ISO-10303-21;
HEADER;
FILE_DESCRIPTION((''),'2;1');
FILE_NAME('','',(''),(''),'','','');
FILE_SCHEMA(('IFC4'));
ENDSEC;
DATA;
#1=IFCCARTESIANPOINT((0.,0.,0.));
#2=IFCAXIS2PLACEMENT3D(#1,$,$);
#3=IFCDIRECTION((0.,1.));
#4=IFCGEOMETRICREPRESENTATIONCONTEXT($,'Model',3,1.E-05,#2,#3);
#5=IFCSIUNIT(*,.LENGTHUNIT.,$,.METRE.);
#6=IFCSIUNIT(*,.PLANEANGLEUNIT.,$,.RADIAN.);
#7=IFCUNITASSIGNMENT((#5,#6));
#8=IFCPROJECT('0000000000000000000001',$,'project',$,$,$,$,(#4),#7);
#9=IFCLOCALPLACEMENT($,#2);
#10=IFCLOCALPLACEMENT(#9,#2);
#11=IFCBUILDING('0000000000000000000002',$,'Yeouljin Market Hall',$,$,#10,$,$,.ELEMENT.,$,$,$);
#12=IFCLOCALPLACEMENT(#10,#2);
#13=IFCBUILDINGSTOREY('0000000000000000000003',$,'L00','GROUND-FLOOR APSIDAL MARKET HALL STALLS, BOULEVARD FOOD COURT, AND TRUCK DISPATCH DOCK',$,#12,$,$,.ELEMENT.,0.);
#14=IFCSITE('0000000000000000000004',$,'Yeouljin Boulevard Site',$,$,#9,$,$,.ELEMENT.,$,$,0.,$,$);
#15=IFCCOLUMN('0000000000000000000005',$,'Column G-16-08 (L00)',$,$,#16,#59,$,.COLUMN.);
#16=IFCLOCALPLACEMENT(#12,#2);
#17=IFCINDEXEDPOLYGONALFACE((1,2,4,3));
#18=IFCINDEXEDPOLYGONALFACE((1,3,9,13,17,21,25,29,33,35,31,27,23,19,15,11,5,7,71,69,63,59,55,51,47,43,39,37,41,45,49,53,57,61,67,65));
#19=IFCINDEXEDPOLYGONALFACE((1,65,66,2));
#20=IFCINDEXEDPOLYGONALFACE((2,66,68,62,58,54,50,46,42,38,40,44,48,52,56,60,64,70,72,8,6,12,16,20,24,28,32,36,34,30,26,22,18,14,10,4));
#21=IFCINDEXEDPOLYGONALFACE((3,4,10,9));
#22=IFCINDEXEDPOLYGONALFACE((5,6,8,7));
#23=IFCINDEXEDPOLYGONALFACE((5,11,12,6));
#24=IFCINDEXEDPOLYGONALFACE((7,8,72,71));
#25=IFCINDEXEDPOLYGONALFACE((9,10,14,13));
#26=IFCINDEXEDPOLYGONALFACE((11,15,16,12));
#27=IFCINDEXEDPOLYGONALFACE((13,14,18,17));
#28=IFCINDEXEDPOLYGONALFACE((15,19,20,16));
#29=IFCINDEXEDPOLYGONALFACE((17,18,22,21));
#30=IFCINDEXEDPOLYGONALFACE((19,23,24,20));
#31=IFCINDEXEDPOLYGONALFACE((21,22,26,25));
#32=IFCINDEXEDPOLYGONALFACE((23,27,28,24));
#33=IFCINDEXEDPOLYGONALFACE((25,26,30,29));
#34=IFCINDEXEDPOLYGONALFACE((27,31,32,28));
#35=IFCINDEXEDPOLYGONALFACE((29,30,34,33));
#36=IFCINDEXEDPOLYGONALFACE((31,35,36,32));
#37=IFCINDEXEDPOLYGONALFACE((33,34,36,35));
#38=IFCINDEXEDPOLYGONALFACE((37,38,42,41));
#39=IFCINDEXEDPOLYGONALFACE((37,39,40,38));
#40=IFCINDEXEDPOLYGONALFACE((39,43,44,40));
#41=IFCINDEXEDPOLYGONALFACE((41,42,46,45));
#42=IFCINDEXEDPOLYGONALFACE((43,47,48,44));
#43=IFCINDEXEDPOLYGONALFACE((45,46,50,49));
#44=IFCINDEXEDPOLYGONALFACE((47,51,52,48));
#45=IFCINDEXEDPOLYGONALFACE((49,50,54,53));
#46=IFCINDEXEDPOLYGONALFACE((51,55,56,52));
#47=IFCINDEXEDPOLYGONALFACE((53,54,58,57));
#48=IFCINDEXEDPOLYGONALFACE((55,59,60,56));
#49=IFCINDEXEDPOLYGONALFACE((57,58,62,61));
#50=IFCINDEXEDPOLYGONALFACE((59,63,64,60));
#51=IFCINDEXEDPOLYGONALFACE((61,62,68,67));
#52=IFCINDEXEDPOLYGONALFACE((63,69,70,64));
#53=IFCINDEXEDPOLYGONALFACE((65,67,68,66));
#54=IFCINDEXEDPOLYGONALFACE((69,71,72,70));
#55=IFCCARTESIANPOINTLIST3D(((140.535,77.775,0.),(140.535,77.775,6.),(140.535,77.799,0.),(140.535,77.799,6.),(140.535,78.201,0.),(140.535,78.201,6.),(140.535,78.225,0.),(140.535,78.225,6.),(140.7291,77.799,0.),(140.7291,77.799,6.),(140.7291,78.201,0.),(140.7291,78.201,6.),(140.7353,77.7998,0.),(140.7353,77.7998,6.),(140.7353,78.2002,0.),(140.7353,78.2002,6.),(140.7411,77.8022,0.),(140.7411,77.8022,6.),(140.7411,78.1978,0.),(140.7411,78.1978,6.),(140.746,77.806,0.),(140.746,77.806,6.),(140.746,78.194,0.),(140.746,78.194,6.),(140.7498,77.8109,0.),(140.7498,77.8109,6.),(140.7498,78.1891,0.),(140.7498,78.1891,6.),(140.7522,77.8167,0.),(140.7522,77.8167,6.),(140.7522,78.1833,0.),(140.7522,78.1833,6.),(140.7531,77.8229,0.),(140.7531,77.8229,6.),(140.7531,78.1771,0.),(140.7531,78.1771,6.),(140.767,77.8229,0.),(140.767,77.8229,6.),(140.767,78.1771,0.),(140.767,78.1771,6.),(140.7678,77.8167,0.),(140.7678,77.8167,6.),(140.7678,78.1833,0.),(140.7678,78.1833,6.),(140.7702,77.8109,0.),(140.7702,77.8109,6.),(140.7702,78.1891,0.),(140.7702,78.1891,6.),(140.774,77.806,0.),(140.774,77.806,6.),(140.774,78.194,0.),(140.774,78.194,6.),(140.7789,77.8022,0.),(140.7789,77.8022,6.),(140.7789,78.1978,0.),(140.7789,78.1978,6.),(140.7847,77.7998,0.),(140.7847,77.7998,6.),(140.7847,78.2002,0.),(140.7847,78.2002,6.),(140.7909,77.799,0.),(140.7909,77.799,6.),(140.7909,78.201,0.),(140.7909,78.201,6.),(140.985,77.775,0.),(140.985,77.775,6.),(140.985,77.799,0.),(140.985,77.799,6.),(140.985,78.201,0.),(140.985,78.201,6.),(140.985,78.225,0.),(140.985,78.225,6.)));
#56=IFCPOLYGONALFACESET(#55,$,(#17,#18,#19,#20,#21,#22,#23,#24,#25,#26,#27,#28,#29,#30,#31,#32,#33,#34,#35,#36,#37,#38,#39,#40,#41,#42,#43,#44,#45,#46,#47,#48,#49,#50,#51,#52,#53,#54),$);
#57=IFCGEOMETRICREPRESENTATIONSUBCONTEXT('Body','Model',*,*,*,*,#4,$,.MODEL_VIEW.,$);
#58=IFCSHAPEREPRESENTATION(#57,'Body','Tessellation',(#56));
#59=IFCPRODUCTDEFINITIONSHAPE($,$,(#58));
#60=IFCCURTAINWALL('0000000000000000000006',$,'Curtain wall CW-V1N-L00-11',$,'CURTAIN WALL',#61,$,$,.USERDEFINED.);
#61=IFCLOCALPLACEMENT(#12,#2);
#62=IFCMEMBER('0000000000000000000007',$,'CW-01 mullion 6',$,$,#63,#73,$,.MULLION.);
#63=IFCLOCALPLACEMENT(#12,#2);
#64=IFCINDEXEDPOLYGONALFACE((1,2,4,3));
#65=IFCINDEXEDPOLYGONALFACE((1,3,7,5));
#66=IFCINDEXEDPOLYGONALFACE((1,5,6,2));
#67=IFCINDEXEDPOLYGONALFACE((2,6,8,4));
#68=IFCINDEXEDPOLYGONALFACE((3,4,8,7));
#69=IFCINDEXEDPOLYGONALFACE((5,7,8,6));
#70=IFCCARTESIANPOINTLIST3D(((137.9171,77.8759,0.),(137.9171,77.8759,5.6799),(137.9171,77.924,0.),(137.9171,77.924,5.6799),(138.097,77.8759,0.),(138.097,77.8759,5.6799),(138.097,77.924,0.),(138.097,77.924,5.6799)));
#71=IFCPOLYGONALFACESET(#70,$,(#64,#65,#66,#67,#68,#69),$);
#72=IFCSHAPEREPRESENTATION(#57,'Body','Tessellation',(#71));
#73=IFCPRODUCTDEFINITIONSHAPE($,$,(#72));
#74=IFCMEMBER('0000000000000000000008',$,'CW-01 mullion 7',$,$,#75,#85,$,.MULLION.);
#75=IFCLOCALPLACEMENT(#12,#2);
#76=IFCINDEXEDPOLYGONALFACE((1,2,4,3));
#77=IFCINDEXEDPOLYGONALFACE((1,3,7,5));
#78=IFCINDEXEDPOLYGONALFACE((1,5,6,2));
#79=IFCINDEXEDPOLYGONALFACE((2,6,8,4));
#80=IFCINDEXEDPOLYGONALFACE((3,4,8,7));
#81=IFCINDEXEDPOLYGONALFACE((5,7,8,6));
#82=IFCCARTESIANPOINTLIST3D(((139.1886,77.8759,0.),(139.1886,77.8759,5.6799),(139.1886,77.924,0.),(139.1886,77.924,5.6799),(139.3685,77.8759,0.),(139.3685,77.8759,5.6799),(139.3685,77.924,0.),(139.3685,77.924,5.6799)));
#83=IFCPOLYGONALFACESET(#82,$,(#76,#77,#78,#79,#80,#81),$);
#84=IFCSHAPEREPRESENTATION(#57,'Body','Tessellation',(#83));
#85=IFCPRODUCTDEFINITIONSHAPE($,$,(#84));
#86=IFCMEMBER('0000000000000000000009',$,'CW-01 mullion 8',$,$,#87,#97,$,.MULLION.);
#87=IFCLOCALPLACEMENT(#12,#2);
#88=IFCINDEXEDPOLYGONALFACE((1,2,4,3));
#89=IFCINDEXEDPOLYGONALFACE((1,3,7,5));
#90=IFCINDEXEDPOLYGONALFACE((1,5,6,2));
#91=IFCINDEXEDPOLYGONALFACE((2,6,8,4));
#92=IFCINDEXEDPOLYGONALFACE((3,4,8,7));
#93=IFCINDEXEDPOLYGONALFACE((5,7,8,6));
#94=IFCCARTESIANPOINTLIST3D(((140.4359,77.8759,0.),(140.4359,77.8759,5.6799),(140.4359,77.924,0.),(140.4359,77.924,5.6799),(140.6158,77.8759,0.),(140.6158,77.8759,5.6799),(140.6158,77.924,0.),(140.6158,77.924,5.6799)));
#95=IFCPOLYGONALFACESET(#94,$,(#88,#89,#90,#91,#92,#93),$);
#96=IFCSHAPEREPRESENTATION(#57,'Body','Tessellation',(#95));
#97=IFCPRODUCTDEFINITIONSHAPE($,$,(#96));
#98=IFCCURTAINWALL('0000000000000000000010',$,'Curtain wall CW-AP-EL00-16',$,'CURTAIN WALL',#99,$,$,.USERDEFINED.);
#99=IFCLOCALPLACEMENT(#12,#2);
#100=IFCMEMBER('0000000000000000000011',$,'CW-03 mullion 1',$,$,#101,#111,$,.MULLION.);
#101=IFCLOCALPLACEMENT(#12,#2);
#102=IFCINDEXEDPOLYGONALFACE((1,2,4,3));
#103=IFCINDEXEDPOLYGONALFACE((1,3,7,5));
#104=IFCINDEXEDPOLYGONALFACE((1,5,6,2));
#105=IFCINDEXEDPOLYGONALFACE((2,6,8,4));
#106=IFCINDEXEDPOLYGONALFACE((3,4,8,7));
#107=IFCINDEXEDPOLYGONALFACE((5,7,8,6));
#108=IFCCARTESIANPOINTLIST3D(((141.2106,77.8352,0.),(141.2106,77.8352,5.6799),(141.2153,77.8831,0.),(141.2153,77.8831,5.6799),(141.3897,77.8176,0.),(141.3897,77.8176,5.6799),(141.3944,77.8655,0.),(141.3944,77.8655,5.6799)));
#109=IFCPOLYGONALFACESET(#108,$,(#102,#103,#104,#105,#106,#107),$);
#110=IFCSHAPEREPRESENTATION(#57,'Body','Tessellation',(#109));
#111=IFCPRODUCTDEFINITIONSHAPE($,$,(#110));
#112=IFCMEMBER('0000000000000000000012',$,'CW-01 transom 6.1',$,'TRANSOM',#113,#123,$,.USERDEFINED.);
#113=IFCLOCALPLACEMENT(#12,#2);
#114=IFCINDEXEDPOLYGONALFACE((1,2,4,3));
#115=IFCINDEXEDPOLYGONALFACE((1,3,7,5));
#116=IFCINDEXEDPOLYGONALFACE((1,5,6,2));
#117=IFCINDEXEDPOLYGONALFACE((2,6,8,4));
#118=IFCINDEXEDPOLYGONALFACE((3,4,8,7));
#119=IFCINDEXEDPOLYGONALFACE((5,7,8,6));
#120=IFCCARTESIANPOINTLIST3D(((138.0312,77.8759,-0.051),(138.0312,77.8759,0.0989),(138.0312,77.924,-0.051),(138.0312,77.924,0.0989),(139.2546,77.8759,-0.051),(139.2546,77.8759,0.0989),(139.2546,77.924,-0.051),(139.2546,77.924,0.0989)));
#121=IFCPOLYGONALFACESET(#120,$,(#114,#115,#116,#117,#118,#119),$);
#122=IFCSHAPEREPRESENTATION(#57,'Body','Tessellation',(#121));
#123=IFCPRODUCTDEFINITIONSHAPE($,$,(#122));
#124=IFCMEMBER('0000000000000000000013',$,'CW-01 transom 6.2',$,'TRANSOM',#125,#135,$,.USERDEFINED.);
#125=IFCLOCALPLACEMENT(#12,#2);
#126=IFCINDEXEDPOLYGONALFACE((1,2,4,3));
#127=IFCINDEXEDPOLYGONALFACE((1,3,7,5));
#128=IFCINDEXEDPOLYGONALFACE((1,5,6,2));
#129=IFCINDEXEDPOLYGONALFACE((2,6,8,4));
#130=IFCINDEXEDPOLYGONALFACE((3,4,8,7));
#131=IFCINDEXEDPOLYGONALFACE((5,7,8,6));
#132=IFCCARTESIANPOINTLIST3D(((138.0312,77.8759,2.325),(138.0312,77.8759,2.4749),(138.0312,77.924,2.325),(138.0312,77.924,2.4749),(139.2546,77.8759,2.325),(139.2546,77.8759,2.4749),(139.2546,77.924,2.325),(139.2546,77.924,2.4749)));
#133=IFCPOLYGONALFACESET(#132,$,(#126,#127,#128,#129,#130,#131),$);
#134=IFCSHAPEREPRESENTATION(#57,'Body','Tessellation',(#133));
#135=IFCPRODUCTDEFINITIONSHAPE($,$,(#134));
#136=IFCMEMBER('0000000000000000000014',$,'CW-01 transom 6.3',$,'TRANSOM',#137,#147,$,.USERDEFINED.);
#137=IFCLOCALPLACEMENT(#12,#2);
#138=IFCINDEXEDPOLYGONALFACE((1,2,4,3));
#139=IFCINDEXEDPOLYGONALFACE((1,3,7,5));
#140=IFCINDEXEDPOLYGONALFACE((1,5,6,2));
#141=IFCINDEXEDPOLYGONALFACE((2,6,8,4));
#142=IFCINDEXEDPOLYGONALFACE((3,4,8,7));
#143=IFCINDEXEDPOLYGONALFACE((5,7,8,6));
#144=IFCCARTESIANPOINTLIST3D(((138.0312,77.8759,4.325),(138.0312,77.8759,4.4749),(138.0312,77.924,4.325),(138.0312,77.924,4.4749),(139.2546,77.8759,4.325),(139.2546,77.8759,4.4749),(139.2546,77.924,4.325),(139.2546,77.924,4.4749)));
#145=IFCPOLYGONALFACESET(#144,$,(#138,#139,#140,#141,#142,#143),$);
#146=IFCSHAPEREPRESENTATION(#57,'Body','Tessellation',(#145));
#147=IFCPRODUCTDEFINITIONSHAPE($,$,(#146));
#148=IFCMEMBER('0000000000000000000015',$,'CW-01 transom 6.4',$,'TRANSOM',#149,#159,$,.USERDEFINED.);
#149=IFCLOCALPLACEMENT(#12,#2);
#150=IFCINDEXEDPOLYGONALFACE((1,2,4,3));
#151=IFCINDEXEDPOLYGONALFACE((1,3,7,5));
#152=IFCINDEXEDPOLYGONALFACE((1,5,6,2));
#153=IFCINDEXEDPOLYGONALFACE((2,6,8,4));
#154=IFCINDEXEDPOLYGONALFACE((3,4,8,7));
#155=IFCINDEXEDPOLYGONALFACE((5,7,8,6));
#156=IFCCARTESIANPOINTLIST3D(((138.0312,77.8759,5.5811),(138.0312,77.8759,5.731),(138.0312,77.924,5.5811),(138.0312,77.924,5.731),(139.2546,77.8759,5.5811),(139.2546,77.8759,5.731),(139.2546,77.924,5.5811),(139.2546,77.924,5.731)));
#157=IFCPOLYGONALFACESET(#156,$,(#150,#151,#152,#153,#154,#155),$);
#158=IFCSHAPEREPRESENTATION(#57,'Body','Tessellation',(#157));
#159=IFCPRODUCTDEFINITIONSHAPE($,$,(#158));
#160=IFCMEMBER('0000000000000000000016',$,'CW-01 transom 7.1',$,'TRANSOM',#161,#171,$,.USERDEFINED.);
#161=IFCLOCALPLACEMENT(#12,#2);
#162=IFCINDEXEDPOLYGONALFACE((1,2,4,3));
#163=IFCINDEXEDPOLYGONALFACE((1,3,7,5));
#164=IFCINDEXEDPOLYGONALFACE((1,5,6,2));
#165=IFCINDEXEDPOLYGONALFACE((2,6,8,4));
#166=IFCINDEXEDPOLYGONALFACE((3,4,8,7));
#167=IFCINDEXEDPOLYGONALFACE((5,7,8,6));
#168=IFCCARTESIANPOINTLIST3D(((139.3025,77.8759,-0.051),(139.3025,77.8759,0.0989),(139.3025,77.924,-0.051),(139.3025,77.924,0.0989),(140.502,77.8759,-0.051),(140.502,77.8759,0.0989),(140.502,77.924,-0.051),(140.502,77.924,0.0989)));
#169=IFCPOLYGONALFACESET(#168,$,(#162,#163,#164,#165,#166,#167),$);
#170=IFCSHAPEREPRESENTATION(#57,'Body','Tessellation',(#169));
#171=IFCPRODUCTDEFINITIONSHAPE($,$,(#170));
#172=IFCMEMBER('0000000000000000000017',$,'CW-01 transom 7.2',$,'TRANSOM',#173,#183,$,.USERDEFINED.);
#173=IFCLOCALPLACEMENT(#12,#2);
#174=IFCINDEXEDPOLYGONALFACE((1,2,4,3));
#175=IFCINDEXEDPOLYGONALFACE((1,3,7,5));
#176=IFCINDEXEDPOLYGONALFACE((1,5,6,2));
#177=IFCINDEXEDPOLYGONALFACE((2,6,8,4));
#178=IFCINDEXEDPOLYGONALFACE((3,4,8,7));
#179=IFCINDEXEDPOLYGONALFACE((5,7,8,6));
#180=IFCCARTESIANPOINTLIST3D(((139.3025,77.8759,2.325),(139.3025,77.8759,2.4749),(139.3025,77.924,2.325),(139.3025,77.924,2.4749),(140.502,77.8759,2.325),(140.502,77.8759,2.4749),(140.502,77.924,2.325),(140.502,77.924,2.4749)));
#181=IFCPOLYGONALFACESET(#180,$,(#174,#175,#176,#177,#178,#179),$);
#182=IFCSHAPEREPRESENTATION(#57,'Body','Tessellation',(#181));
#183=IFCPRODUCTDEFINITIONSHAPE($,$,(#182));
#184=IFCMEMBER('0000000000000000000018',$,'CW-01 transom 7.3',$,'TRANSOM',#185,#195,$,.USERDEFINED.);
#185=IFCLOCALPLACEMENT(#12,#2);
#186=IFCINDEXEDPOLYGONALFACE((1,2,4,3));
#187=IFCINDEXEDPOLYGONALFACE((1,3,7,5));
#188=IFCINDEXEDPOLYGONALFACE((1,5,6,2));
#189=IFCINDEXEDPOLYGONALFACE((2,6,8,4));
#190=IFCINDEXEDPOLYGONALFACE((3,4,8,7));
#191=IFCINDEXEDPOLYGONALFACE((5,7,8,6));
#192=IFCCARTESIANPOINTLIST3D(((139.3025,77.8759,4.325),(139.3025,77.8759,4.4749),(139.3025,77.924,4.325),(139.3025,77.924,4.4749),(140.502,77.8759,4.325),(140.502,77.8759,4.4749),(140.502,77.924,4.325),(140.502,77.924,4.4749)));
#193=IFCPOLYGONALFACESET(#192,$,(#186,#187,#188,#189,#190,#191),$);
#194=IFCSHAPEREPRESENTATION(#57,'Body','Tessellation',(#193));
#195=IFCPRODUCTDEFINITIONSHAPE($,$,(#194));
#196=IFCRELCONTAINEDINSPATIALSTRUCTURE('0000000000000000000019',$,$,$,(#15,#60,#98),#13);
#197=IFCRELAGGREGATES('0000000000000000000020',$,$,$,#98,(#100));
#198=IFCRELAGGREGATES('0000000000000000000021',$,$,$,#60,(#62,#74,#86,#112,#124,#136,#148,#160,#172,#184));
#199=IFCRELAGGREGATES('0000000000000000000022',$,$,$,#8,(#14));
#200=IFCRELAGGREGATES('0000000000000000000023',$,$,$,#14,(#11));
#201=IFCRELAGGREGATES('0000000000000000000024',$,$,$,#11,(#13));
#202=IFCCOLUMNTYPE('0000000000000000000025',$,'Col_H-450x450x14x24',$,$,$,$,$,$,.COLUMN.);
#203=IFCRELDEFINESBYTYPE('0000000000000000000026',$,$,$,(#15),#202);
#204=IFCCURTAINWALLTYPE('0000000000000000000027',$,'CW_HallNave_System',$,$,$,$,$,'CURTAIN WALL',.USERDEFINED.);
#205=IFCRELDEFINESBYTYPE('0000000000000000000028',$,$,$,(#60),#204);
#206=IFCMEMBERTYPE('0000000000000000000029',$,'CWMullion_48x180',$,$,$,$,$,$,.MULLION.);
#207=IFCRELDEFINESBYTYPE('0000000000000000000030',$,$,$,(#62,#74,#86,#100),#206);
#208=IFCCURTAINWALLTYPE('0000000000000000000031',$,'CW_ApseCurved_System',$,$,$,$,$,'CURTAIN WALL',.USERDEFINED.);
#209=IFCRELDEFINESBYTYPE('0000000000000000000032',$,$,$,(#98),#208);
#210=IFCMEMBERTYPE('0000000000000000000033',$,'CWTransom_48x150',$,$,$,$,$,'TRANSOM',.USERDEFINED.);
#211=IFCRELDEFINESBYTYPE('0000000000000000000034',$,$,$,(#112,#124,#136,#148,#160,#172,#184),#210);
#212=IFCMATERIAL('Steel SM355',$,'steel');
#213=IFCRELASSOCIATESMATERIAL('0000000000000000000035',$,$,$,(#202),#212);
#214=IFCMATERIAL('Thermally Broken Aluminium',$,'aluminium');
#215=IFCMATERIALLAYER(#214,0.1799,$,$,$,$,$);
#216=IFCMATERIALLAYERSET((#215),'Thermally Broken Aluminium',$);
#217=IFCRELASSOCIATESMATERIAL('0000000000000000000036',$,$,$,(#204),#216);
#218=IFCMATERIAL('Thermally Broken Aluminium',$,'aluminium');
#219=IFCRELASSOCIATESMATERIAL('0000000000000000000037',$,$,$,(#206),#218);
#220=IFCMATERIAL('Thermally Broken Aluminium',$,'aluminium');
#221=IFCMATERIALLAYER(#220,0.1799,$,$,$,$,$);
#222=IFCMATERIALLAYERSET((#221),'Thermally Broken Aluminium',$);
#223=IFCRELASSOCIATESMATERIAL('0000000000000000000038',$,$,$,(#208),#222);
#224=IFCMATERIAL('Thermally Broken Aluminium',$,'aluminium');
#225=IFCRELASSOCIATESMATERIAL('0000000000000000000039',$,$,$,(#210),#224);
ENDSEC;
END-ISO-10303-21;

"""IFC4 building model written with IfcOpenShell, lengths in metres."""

from ifc_helpers import new_model, si_unit, direction, frame, origin, origin_2d, place, context, subcontext, project, spatial, rectangle, i_section, extrude, material, layer, layer_set, material_profile, profile_set, type_object, element, aggregate, save


model = new_model("IFC4")

# Units and contexts
model_context = context("Model", 3, precision=1e-05, world=origin(), true_north=direction((0.0, 1.0)))
body_context = subcontext(model_context, "Body", "Model", "MODEL_VIEW")
ifc_project = project(units=[si_unit("LENGTHUNIT", "METRE"), si_unit("PLANEANGLEUNIT", "RADIAN")], contexts=[model_context])

# Site, building, storey
site_placement = place(None, origin())
site = spatial("IfcSite", under=ifc_project, at=site_placement, Name="Yeouljin Boulevard Site", CompositionType="ELEMENT", RefElevation=0.0)
building_placement = place(site_placement, origin())
building = spatial("IfcBuilding", under=site, at=building_placement, Name="Yeouljin Market Hall", CompositionType="ELEMENT")
storey_placement = place(building_placement, origin())
storey = spatial("IfcBuildingStorey", under=building, at=storey_placement, Name="L00", Description="GROUND-FLOOR APSIDAL MARKET HALL STALLS, BOULEVARD FOOD COURT, AND TRUCK DISPATCH DOCK", CompositionType="ELEMENT", Elevation=0.0)

# Column
ifc_material_1 = material(Name="Steel SM355", Category="steel")
ifc_material_profile_1 = material_profile(ifc_material_1, i_section(OverallWidth=0.45, OverallDepth=0.45, WebThickness=0.0139, FlangeThickness=0.0239, FilletRadius=0.0239, at=origin_2d()), Name="H-450x450x14x24")
ifc_profile_set_1 = profile_set([ifc_material_profile_1], Name="Steel SM355")
column_type = type_object("IfcColumnType", Name="Col_H-450x450x14x24", PredefinedType="COLUMN", material=ifc_profile_set_1)
column_placement = place(storey_placement, frame((140.76, 78.0, 0.0), z_axis=(0.0, 0.0, 1.0), x_axis=(1.0, 0.0, 0.0)))
element("IfcColumn", 1, at=column_placement, inside=storey, type_object=column_type, Name="Column G-16-08 (L00)", PredefinedType="COLUMN", context=body_context, shape_type="SweptSolid", body=[
    extrude(i_section(OverallWidth=0.45, OverallDepth=0.45, WebThickness=0.0139, FlangeThickness=0.0239, FilletRadius=0.0239, at=origin_2d()), origin(), (0.0, 0.0, 1.0), 6.0),
])

# Curtain wall, members
ifc_material_2 = material(Name="Thermally Broken Aluminium", Category="aluminium")
ifc_layer_1 = layer(ifc_material_2, 0.1799)
ifc_layer_set_1 = layer_set([ifc_layer_1], Name="Thermally Broken Aluminium")
curtain_wall_type_1 = type_object("IfcCurtainWallType", Name="CW_HallNave_System", ElementType="CURTAIN WALL", PredefinedType="USERDEFINED", material=ifc_layer_set_1)
curtain_wall_1_placement = place(storey_placement, origin())
curtain_wall_1 = element("IfcCurtainWall", 2, at=curtain_wall_1_placement, inside=storey, type_object=curtain_wall_type_1, Name="Curtain wall CW-V1N-L00-11", ObjectType="CURTAIN WALL", PredefinedType="USERDEFINED")
ifc_material_3 = material(Name="Thermally Broken Aluminium", Category="aluminium")
ifc_material_profile_2 = material_profile(ifc_material_3, rectangle(XDim=0.0481, YDim=0.1799, at=origin_2d()), Name="CW-MULL-48x180")
ifc_profile_set_2 = profile_set([ifc_material_profile_2], Name="Thermally Broken Aluminium")
member_type_1 = type_object("IfcMemberType", Name="CWMullion_48x180", PredefinedType="MULLION", material=ifc_profile_set_2)
member_1_placement = place(storey_placement, frame((138.0071, 77.8999, 0.0), z_axis=(0.0, 0.0, 1.0), x_axis=(0.0, 1.0, 0.0)))
member_1 = element("IfcMember", 3, at=member_1_placement, type_object=member_type_1, Name="CW-01 mullion 6", PredefinedType="MULLION", context=body_context, shape_type="SweptSolid", body=[
    extrude(rectangle(XDim=0.0481, YDim=0.1799, at=origin_2d()), origin(), (0.0, 0.0, 1.0), 5.6799),
])
member_2_placement = place(storey_placement, frame((139.2786, 77.8999, 0.0), z_axis=(0.0, 0.0, 1.0), x_axis=(0.0, 1.0, 0.0)))
member_2 = element("IfcMember", 4, at=member_2_placement, type_object=member_type_1, Name="CW-01 mullion 7", PredefinedType="MULLION", context=body_context, shape_type="SweptSolid", body=[
    extrude(rectangle(XDim=0.0481, YDim=0.1799, at=origin_2d()), origin(), (0.0, 0.0, 1.0), 5.6799),
])
member_3_placement = place(storey_placement, frame((140.5259, 77.8999, 0.0), z_axis=(0.0, 0.0, 1.0), x_axis=(0.0, 1.0, 0.0)))
member_3 = element("IfcMember", 5, at=member_3_placement, type_object=member_type_1, Name="CW-01 mullion 8", PredefinedType="MULLION", context=body_context, shape_type="SweptSolid", body=[
    extrude(rectangle(XDim=0.0481, YDim=0.1799, at=origin_2d()), origin(), (0.0, 0.0, 1.0), 5.6799),
])

# Curtain wall, member
ifc_material_4 = material(Name="Thermally Broken Aluminium", Category="aluminium")
ifc_layer_2 = layer(ifc_material_4, 0.1799)
ifc_layer_set_2 = layer_set([ifc_layer_2], Name="Thermally Broken Aluminium")
curtain_wall_type_2 = type_object("IfcCurtainWallType", Name="CW_ApseCurved_System", ElementType="CURTAIN WALL", PredefinedType="USERDEFINED", material=ifc_layer_set_2)
curtain_wall_2_placement = place(storey_placement, origin())
curtain_wall_2 = element("IfcCurtainWall", 6, at=curtain_wall_2_placement, inside=storey, type_object=curtain_wall_type_2, Name="Curtain wall CW-AP-EL00-16", ObjectType="CURTAIN WALL", PredefinedType="USERDEFINED")
member_4_placement = place(storey_placement, frame((141.3025, 77.8503, 0.0), z_axis=(0.0, 0.0, 1.0), x_axis=(0.098034, 0.995183, 0.0)))
member_4 = element("IfcMember", 7, at=member_4_placement, type_object=member_type_1, Name="CW-03 mullion 1", PredefinedType="MULLION", context=body_context, shape_type="SweptSolid", body=[
    extrude(rectangle(XDim=0.0481, YDim=0.1799, at=origin_2d()), origin(), (0.0, 0.0, 1.0), 5.6799),
])

# Members
ifc_material_5 = material(Name="Thermally Broken Aluminium", Category="aluminium")
ifc_material_profile_3 = material_profile(ifc_material_5, rectangle(XDim=0.0481, YDim=0.1499, at=origin_2d()), Name="CW-TRAN-48x150")
ifc_profile_set_3 = profile_set([ifc_material_profile_3], Name="Thermally Broken Aluminium")
member_type_2 = type_object("IfcMemberType", Name="CWTransom_48x150", ElementType="TRANSOM", PredefinedType="USERDEFINED", material=ifc_profile_set_3)
member_5_placement = place(storey_placement, frame((138.0312, 77.8999, 0.0239), z_axis=(1.0, 0.0, 0.0), x_axis=(0.0, 1.0, 0.0)))
member_5 = element("IfcMember", 8, at=member_5_placement, type_object=member_type_2, Name="CW-01 transom 6.1", ObjectType="TRANSOM", PredefinedType="USERDEFINED", context=body_context, shape_type="SweptSolid", body=[
    extrude(rectangle(XDim=0.0481, YDim=0.1499, at=origin_2d()), origin(), (0.0, 0.0, 1.0), 1.2234),
])
member_6_placement = place(storey_placement, frame((138.0312, 77.8999, 2.3999), z_axis=(1.0, 0.0, 0.0), x_axis=(0.0, 1.0, 0.0)))
member_6 = element("IfcMember", 9, at=member_6_placement, type_object=member_type_2, Name="CW-01 transom 6.2", ObjectType="TRANSOM", PredefinedType="USERDEFINED", context=body_context, shape_type="SweptSolid", body=[
    extrude(rectangle(XDim=0.0481, YDim=0.1499, at=origin_2d()), origin(), (0.0, 0.0, 1.0), 1.2234),
])
member_7_placement = place(storey_placement, frame((138.0312, 77.8999, 4.3999), z_axis=(1.0, 0.0, 0.0), x_axis=(0.0, 1.0, 0.0)))
member_7 = element("IfcMember", 10, at=member_7_placement, type_object=member_type_2, Name="CW-01 transom 6.3", ObjectType="TRANSOM", PredefinedType="USERDEFINED", context=body_context, shape_type="SweptSolid", body=[
    extrude(rectangle(XDim=0.0481, YDim=0.1499, at=origin_2d()), origin(), (0.0, 0.0, 1.0), 1.2234),
])
member_8_placement = place(storey_placement, frame((138.0312, 77.8999, 5.656), z_axis=(1.0, 0.0, 0.0), x_axis=(0.0, 1.0, 0.0)))
member_8 = element("IfcMember", 11, at=member_8_placement, type_object=member_type_2, Name="CW-01 transom 6.4", ObjectType="TRANSOM", PredefinedType="USERDEFINED", context=body_context, shape_type="SweptSolid", body=[
    extrude(rectangle(XDim=0.0481, YDim=0.1499, at=origin_2d()), origin(), (0.0, 0.0, 1.0), 1.2234),
])
member_9_placement = place(storey_placement, frame((139.3025, 77.8999, 0.0239), z_axis=(1.0, 0.0, 0.0), x_axis=(0.0, 1.0, 0.0)))
member_9 = element("IfcMember", 12, at=member_9_placement, type_object=member_type_2, Name="CW-01 transom 7.1", ObjectType="TRANSOM", PredefinedType="USERDEFINED", context=body_context, shape_type="SweptSolid", body=[
    extrude(rectangle(XDim=0.0481, YDim=0.1499, at=origin_2d()), origin(), (0.0, 0.0, 1.0), 1.1995),
])
member_10_placement = place(storey_placement, frame((139.3025, 77.8999, 2.3999), z_axis=(1.0, 0.0, 0.0), x_axis=(0.0, 1.0, 0.0)))
member_10 = element("IfcMember", 13, at=member_10_placement, type_object=member_type_2, Name="CW-01 transom 7.2", ObjectType="TRANSOM", PredefinedType="USERDEFINED", context=body_context, shape_type="SweptSolid", body=[
    extrude(rectangle(XDim=0.0481, YDim=0.1499, at=origin_2d()), origin(), (0.0, 0.0, 1.0), 1.1995),
])
member_11_placement = place(storey_placement, frame((139.3025, 77.8999, 4.3999), z_axis=(1.0, 0.0, 0.0), x_axis=(0.0, 1.0, 0.0)))
member_11 = element("IfcMember", 14, at=member_11_placement, type_object=member_type_2, Name="CW-01 transom 7.3", ObjectType="TRANSOM", PredefinedType="USERDEFINED", context=body_context, shape_type="SweptSolid", body=[
    extrude(rectangle(XDim=0.0481, YDim=0.1499, at=origin_2d()), origin(), (0.0, 0.0, 1.0), 1.1995),
])

aggregate(curtain_wall_2, [member_4])
aggregate(curtain_wall_1, [member_1, member_2, member_3, member_5, member_6, member_7, member_8, member_9, member_10, member_11])

save(model, "model.ifc")
